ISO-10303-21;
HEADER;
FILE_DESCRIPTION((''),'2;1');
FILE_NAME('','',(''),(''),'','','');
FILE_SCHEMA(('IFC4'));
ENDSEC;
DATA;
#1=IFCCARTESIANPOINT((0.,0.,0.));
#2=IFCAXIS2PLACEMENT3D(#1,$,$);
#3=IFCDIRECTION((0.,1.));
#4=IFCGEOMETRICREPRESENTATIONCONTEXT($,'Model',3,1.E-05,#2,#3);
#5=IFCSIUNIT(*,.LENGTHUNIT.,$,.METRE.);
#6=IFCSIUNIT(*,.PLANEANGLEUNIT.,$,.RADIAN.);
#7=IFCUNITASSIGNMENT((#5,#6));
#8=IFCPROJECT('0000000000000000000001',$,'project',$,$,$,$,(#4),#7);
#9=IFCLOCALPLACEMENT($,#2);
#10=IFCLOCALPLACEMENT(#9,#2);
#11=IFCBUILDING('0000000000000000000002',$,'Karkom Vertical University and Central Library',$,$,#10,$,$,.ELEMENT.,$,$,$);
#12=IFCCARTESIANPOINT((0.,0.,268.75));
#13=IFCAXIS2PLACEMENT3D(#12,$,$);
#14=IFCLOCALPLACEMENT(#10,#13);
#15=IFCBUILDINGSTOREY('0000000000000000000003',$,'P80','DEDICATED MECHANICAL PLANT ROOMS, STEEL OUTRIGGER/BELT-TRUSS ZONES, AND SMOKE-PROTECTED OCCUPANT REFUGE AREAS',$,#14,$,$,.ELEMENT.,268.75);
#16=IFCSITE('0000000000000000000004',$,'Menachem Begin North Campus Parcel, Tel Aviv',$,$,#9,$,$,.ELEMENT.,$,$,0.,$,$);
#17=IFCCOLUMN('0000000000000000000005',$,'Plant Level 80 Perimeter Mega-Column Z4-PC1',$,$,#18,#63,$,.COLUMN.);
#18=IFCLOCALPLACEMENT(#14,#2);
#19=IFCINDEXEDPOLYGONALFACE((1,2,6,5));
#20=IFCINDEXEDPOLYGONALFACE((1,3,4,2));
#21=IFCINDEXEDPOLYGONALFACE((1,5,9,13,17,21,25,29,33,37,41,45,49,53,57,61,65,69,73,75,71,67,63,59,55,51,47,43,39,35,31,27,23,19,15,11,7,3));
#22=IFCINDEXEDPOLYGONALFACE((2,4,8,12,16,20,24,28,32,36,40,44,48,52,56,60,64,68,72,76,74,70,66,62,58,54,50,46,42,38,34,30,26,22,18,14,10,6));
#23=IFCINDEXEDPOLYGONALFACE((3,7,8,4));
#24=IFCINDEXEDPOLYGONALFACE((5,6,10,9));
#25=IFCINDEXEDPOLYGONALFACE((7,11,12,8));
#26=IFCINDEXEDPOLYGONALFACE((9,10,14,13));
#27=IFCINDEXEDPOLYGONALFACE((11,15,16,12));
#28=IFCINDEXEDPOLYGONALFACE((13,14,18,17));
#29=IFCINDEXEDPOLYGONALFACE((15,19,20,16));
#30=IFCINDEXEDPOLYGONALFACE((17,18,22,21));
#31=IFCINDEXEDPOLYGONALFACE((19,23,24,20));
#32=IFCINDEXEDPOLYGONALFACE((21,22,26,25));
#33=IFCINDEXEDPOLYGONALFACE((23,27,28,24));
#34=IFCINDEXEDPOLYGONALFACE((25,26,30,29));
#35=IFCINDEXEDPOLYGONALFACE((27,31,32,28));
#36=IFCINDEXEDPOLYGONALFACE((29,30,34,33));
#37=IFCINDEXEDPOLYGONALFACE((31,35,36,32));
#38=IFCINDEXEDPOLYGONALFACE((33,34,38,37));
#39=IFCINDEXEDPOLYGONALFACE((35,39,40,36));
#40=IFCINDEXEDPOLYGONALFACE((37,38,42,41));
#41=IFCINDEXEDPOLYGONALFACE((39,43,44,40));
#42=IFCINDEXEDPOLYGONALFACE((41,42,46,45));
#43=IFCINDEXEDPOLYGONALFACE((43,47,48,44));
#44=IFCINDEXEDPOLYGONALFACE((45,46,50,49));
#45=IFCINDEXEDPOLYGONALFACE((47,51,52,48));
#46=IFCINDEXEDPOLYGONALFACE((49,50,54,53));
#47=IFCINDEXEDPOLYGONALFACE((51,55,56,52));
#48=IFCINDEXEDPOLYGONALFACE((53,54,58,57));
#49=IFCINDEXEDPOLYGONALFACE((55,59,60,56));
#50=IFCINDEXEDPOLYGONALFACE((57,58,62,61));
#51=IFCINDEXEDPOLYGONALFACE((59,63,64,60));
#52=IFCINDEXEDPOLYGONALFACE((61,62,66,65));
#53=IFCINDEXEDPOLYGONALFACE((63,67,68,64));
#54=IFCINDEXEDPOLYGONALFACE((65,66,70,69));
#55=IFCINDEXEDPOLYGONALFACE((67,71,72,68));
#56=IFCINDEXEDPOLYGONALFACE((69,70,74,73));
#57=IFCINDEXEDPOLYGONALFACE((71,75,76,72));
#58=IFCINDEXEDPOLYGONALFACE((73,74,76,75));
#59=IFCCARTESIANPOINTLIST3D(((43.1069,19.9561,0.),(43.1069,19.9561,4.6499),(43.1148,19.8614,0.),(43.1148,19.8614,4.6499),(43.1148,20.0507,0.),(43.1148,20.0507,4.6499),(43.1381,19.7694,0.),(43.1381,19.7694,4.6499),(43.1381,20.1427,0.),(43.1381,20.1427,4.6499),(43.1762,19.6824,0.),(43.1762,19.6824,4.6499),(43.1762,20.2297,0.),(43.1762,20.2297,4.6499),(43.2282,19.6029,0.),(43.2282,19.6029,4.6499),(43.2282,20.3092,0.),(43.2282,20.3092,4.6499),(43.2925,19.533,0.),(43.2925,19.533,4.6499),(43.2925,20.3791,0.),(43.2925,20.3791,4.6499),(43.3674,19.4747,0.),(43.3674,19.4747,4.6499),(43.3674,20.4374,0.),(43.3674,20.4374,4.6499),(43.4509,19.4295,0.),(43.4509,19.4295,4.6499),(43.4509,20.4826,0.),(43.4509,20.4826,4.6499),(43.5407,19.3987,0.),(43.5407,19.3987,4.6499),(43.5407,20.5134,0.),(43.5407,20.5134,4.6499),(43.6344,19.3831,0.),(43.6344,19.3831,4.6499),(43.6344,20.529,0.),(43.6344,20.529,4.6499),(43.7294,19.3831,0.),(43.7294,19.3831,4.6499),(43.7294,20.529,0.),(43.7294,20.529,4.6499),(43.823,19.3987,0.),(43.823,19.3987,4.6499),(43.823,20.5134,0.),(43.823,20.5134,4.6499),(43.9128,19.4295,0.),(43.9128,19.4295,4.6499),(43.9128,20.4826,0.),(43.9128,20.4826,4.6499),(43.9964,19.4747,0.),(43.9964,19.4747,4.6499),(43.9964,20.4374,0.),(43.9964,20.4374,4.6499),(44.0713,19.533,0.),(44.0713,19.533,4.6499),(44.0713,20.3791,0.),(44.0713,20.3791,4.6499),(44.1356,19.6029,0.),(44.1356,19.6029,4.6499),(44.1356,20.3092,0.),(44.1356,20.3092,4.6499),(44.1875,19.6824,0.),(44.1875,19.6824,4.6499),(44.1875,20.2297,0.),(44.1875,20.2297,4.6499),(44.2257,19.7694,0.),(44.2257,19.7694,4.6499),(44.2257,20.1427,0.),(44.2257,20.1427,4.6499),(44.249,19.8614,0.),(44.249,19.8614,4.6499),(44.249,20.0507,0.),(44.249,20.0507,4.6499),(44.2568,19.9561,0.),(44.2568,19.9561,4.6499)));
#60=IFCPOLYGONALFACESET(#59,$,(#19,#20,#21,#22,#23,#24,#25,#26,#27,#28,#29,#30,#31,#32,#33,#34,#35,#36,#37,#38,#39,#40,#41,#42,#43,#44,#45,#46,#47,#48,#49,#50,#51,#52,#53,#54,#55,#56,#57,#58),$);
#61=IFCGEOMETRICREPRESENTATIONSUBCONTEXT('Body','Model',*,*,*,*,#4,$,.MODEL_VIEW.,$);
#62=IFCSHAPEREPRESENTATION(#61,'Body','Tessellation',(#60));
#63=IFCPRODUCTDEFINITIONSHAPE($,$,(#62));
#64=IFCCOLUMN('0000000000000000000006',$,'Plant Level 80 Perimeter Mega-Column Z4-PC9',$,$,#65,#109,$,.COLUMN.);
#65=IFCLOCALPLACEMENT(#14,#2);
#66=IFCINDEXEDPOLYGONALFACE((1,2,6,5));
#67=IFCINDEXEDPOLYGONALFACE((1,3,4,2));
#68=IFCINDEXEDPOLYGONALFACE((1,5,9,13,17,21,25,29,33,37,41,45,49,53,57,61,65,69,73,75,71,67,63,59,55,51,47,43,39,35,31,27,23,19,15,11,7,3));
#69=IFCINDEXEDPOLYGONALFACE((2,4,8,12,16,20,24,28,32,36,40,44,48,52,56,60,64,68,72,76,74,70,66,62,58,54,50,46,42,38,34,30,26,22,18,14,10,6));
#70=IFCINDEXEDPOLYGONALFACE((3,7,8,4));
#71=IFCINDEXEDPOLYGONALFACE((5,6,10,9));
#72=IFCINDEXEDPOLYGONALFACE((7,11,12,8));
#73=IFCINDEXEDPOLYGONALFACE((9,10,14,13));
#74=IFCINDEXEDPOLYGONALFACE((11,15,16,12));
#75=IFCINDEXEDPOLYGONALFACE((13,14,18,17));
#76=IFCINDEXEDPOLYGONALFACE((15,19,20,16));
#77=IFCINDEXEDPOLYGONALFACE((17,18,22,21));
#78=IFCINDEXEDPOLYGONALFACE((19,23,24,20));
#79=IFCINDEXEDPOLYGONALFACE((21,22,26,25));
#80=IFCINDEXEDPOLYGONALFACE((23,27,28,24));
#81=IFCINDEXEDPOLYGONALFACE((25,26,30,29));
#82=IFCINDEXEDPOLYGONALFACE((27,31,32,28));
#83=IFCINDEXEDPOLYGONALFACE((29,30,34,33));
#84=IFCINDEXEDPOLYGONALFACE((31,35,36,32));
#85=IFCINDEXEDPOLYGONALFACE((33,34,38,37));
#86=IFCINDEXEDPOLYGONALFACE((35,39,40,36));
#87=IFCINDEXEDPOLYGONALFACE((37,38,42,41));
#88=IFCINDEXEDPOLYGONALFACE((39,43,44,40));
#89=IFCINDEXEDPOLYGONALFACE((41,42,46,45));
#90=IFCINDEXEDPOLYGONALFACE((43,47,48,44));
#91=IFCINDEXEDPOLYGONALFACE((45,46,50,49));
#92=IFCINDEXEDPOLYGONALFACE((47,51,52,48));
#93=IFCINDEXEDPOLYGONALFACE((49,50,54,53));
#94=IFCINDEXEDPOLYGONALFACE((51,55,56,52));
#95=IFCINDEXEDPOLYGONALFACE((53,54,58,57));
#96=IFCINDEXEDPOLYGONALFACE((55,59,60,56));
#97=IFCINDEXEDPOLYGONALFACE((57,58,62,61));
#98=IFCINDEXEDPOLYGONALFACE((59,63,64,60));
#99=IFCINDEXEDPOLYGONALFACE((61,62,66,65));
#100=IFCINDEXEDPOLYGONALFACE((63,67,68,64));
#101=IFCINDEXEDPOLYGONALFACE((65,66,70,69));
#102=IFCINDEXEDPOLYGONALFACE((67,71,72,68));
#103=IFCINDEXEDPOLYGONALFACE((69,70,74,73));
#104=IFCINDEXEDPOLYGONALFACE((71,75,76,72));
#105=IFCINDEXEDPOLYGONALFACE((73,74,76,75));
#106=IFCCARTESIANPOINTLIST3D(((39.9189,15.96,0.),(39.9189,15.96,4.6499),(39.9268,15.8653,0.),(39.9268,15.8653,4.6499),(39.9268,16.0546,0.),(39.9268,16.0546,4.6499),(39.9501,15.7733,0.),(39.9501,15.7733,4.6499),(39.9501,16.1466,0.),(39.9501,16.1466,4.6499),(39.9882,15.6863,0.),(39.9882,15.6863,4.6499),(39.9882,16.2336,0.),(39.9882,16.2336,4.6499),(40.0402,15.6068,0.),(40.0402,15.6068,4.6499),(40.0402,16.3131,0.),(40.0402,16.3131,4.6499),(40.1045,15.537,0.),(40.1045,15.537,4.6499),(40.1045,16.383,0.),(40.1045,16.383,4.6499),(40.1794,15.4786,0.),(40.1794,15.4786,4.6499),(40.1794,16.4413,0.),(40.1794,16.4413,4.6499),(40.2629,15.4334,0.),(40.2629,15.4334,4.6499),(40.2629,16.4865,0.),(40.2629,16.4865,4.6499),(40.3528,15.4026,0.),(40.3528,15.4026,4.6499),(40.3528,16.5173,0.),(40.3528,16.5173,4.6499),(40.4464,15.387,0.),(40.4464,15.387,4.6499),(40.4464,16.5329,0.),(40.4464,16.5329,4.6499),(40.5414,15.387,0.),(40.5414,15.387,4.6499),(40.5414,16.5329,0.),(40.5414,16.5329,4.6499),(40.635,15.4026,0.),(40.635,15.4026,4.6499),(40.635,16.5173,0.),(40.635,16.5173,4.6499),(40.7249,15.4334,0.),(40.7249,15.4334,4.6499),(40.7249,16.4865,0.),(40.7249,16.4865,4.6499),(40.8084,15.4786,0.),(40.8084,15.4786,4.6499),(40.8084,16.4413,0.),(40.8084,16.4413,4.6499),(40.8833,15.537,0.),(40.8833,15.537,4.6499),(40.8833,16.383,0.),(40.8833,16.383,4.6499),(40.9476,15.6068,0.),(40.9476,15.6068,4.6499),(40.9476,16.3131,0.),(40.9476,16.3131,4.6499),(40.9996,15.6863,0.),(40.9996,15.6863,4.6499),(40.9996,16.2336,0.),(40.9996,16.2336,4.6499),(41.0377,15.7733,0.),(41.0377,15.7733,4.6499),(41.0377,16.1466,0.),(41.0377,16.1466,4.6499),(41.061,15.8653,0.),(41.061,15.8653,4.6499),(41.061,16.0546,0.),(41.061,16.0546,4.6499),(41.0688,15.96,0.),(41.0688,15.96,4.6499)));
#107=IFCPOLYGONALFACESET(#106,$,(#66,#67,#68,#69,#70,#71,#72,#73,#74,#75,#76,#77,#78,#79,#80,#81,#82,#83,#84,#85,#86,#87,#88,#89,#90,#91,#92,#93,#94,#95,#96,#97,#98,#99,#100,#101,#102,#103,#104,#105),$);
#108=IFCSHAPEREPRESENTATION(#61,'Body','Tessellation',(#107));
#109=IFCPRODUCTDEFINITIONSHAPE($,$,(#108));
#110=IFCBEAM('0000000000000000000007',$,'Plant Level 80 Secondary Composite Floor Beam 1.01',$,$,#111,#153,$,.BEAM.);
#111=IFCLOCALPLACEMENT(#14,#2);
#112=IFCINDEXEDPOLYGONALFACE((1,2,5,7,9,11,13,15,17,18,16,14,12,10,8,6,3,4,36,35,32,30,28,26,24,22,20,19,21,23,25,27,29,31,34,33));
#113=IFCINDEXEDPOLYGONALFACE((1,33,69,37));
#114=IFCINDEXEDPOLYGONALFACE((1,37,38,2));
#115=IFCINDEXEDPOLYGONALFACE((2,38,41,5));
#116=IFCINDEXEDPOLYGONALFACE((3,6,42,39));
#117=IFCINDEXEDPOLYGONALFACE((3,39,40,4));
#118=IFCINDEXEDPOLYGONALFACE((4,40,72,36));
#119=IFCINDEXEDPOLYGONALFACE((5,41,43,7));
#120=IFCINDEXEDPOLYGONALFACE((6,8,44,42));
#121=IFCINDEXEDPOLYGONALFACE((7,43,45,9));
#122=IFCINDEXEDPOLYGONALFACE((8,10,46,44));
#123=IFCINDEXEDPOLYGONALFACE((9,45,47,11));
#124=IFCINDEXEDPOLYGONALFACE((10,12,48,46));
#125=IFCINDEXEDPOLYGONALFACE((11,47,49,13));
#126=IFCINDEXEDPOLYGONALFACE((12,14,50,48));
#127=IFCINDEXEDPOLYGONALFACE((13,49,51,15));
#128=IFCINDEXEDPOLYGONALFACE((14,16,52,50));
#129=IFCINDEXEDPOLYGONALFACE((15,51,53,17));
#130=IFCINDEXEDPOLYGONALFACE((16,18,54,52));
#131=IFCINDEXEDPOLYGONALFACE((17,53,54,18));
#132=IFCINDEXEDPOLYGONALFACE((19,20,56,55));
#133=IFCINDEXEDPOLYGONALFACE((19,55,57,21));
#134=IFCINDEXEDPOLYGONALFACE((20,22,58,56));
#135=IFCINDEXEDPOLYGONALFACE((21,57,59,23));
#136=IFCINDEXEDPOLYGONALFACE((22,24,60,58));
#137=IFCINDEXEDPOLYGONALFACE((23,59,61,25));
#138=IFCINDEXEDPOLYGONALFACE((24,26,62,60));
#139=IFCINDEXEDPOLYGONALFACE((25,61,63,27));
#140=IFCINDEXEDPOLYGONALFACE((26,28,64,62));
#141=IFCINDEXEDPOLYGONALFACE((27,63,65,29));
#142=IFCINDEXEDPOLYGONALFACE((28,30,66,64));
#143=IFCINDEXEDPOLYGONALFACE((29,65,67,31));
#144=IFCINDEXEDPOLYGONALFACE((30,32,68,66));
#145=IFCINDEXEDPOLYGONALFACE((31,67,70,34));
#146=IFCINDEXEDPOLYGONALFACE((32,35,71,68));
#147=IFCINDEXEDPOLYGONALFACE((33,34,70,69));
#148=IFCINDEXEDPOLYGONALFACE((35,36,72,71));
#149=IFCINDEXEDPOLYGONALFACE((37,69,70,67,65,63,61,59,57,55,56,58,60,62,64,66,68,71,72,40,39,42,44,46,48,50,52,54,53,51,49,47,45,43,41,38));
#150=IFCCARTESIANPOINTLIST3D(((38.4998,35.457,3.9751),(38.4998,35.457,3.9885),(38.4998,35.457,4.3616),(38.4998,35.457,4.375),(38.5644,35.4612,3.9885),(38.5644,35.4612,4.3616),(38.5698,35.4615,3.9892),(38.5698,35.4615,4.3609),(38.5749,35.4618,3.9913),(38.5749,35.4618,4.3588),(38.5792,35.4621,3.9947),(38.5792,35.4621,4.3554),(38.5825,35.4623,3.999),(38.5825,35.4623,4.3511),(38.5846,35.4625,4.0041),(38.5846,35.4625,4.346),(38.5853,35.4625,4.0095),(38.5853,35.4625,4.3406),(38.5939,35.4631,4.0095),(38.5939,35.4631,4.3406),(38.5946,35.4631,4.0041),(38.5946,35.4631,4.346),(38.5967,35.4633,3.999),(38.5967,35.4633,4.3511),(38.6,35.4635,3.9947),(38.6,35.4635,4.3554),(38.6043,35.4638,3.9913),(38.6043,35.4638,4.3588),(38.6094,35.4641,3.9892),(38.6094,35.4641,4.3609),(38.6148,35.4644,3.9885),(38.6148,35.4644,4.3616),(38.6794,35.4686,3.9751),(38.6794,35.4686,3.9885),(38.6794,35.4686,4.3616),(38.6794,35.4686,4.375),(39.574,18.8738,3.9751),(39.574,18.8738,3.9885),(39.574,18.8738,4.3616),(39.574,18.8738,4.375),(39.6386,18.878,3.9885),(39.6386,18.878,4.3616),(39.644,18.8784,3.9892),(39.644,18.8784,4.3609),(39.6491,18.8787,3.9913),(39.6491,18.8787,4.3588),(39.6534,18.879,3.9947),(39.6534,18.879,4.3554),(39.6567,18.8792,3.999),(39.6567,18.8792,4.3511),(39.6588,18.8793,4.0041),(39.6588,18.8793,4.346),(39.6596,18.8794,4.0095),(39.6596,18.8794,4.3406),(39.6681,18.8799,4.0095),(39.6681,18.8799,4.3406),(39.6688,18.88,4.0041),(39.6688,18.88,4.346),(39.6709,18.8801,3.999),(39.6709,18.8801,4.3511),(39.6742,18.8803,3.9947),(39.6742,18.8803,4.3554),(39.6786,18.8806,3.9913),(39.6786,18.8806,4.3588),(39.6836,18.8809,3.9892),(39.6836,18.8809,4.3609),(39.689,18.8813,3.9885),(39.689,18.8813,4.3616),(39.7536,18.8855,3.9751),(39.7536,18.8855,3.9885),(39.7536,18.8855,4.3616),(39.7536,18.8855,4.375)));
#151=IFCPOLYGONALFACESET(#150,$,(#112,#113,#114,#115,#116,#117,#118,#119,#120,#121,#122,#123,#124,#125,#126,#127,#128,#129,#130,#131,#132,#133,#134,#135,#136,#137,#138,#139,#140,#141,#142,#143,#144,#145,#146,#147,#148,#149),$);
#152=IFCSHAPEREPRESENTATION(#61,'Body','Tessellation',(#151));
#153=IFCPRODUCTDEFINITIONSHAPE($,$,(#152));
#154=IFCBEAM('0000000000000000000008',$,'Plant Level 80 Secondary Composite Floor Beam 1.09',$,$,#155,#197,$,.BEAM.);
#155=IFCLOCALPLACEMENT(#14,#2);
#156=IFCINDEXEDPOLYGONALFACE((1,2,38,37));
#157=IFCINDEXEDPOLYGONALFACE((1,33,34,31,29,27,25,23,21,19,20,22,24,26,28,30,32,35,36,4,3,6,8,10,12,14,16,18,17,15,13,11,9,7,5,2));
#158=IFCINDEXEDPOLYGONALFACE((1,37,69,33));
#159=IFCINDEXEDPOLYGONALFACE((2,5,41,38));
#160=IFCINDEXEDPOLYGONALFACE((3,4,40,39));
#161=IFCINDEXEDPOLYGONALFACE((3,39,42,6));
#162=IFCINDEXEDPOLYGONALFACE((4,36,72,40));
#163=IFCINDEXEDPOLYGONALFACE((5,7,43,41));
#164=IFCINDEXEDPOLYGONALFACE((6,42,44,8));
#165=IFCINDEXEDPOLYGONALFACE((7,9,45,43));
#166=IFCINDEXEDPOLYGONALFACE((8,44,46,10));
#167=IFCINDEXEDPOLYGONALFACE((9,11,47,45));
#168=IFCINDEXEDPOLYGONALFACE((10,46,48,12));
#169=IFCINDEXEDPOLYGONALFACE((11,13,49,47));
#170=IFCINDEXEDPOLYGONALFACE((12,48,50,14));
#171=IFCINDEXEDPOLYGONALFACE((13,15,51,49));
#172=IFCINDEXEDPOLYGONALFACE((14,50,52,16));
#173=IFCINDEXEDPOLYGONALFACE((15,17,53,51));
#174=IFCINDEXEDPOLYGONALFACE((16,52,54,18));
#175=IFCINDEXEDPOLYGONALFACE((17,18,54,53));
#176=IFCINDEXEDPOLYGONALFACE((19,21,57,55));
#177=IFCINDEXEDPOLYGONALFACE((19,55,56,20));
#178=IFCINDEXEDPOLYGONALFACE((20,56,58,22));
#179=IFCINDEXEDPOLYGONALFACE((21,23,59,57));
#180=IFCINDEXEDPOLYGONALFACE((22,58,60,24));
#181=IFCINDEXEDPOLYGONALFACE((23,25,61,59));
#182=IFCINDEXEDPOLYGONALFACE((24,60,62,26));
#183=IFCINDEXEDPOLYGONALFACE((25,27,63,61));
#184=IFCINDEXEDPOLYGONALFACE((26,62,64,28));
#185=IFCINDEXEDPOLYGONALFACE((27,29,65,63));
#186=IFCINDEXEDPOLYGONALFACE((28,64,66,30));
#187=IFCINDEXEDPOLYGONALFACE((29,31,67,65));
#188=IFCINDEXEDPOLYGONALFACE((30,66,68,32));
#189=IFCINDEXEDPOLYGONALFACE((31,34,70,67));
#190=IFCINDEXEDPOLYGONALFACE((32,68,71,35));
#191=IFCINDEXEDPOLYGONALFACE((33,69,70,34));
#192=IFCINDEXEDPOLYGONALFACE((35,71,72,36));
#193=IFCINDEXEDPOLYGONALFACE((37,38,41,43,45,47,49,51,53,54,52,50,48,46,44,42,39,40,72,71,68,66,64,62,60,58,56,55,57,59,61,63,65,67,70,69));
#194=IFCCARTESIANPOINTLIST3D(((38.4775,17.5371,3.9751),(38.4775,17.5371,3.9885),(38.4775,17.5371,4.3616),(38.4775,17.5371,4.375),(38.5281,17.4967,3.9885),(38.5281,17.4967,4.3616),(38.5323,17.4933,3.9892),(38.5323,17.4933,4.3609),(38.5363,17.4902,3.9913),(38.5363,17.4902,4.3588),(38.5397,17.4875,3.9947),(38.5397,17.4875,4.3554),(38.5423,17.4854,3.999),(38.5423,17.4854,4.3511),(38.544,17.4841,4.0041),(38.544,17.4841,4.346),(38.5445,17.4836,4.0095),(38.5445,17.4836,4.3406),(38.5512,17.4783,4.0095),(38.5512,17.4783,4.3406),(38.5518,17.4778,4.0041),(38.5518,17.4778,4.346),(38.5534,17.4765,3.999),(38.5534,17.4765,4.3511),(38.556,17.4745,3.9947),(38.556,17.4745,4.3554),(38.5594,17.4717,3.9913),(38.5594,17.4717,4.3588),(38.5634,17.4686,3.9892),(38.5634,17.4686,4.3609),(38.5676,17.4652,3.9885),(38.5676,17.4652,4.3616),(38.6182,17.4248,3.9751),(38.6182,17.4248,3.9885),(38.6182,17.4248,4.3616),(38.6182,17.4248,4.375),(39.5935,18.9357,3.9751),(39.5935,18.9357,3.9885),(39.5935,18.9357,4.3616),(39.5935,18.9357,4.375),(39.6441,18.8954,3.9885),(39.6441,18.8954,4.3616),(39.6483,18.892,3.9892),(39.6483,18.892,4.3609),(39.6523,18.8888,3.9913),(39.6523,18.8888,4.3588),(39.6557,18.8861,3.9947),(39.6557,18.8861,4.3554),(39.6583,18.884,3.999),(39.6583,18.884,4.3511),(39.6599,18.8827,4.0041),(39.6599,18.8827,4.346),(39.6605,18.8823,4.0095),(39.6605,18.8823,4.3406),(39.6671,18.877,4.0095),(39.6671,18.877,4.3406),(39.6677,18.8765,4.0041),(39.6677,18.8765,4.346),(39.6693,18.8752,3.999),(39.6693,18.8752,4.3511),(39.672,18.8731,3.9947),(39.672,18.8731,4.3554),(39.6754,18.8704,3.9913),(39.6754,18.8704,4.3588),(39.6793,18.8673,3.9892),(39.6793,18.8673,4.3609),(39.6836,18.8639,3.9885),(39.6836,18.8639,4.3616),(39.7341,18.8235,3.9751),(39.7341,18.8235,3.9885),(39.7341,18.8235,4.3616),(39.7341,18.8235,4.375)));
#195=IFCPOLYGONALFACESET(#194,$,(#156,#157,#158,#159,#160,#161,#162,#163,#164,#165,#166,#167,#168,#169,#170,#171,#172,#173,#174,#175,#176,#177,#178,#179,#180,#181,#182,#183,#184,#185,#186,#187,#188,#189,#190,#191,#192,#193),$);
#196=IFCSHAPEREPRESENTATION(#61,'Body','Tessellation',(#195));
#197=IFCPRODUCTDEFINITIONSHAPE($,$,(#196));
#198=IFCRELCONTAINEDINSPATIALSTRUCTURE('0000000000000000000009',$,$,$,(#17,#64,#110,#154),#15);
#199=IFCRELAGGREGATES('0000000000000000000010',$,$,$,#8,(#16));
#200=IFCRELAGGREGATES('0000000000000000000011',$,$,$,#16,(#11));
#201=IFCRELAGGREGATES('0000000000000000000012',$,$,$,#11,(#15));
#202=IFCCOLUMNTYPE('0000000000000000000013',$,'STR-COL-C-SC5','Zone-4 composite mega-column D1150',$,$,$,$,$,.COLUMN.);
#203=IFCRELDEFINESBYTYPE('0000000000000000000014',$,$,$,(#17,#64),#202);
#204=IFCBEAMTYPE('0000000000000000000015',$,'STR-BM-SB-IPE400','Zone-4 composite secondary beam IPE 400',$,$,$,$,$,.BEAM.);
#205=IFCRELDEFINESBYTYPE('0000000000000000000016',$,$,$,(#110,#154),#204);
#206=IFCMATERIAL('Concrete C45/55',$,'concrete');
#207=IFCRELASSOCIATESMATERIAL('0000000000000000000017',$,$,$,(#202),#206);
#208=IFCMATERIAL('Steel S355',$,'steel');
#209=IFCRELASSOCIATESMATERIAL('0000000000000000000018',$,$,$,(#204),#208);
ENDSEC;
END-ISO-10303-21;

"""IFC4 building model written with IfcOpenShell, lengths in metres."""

from ifc_helpers import new_model, si_unit, direction, frame, origin, origin_with_axes, origin_2d, place, context, subcontext, project, spatial, circle, i_section, extrude, source, transform, mapped, material, material_profile, profile_set, type_object, element, save


model = new_model("IFC4")

# Units and contexts
model_context = context("Model", 3, precision=1e-05, world=origin(), true_north=direction((0.0, 1.0)))
body_context = subcontext(model_context, "Body", "Model", "MODEL_VIEW")
ifc_project = project(units=[si_unit("LENGTHUNIT", "METRE"), si_unit("PLANEANGLEUNIT", "RADIAN")], contexts=[model_context])

# Site, building, storey
site_placement = place(None, origin())
site = spatial("IfcSite", under=ifc_project, at=site_placement, Name="Menachem Begin North Campus Parcel, Tel Aviv", CompositionType="ELEMENT", RefElevation=0.0)
building_placement = place(site_placement, origin())
building = spatial("IfcBuilding", under=site, at=building_placement, Name="Karkom Vertical University and Central Library", CompositionType="ELEMENT")
storey_placement = place(building_placement, frame((0.0, 0.0, 268.75)))
storey = spatial("IfcBuildingStorey", under=building, at=storey_placement, Name="P80", Description="DEDICATED MECHANICAL PLANT ROOMS, STEEL OUTRIGGER/BELT-TRUSS ZONES, AND SMOKE-PROTECTED OCCUPANT REFUGE AREAS", CompositionType="ELEMENT", Elevation=268.75)

# Columns
ifc_material_1 = material(Name="Concrete C45/55", Category="concrete")
ifc_material_profile_1 = material_profile(ifc_material_1, circle(Radius=0.575, at=origin_2d()), Name="CFT-D1150")
ifc_profile_set_1 = profile_set([ifc_material_profile_1], Name="Concrete C45/55")
column_type = type_object("IfcColumnType", Name="STR-COL-C-SC5", Description="Zone-4 composite mega-column D1150", PredefinedType="COLUMN", material=ifc_profile_set_1)
shared_shape_1 = source(origin_with_axes(), body_context, "Body", "SweptSolid", [
    extrude(circle(Radius=0.575, at=origin_2d()), origin(), (0.0, 0.0, 1.0), 4.6499),
])
for number, where, z_axis, x_axis, name in (
    (1, (43.6819, 19.9561, 0.0), (0.0, 0.0, 1.0), (1.0, 0.0, 0.0), "Plant Level 80 Perimeter Mega-Column Z4-PC1"),
    (2, (40.4939, 15.96, 0.0), (0.0, 0.0, 1.0), (1.0, 0.0, 0.0), "Plant Level 80 Perimeter Mega-Column Z4-PC9"),
):
    element("IfcColumn", number, at=place(storey_placement, frame(where, z_axis=z_axis, x_axis=x_axis)), inside=storey, type_object=column_type, Name=name, PredefinedType="COLUMN", context=body_context, shape_type="MappedRepresentation", body=[
        mapped(shared_shape_1, transform((0.0, 0.0, 0.0), scale=1.0)),
    ])

# Beams
ifc_material_2 = material(Name="Steel S355", Category="steel")
ifc_material_profile_2 = material_profile(ifc_material_2, i_section(OverallWidth=0.1799, OverallDepth=0.3999, WebThickness=0.0085, FlangeThickness=0.0134, FilletRadius=0.021, at=origin_2d()), Name="IPE 400")
ifc_profile_set_2 = profile_set([ifc_material_profile_2], Name="Steel S355")
beam_type_1 = type_object("IfcBeamType", Name="STR-BM-SB-IPE400", Description="Zone-4 composite secondary beam IPE 400", PredefinedType="BEAM", material=ifc_profile_set_2)
shared_shape_2 = source(origin_with_axes(), body_context, "Body", "SweptSolid", [
    extrude(i_section(OverallWidth=0.1799, OverallDepth=0.3999, WebThickness=0.0085, FlangeThickness=0.0134, FilletRadius=0.021, at=origin_2d()), origin(), (0.0, 0.0, 1.0), 16.6179),
])
beam_1_placement = place(storey_placement, frame((39.6638, 18.8796, 4.175), z_axis=(-0.064642, 0.997909, 0.0), x_axis=(-0.997909, -0.064642, 0.0)))
element("IfcBeam", 3, at=beam_1_placement, inside=storey, type_object=beam_type_1, Name="Plant Level 80 Secondary Composite Floor Beam 1.01", PredefinedType="BEAM", context=body_context, shape_type="MappedRepresentation", body=[
    mapped(shared_shape_2, transform((0.0, 0.0, 0.0), scale=1.0)),
])
shared_shape_3 = source(origin_with_axes(), body_context, "Body", "SweptSolid", [
    extrude(i_section(OverallWidth=0.1799, OverallDepth=0.3999, WebThickness=0.0085, FlangeThickness=0.0134, FilletRadius=0.021, at=origin_2d()), origin(), (0.0, 0.0, 1.0), 1.7893),
])
beam_2_placement = place(storey_placement, frame((38.5479, 17.481, 4.175), z_axis=(0.62368, 0.78168, 0.0), x_axis=(-0.78168, 0.62368, 0.0)))
element("IfcBeam", 4, at=beam_2_placement, inside=storey, type_object=beam_type_1, Name="Plant Level 80 Secondary Composite Floor Beam 1.09", PredefinedType="BEAM", context=body_context, shape_type="MappedRepresentation", body=[
    mapped(shared_shape_3, transform((0.0, 0.0, 0.0), scale=1.0)),
])

save(model, "model.ifc")
